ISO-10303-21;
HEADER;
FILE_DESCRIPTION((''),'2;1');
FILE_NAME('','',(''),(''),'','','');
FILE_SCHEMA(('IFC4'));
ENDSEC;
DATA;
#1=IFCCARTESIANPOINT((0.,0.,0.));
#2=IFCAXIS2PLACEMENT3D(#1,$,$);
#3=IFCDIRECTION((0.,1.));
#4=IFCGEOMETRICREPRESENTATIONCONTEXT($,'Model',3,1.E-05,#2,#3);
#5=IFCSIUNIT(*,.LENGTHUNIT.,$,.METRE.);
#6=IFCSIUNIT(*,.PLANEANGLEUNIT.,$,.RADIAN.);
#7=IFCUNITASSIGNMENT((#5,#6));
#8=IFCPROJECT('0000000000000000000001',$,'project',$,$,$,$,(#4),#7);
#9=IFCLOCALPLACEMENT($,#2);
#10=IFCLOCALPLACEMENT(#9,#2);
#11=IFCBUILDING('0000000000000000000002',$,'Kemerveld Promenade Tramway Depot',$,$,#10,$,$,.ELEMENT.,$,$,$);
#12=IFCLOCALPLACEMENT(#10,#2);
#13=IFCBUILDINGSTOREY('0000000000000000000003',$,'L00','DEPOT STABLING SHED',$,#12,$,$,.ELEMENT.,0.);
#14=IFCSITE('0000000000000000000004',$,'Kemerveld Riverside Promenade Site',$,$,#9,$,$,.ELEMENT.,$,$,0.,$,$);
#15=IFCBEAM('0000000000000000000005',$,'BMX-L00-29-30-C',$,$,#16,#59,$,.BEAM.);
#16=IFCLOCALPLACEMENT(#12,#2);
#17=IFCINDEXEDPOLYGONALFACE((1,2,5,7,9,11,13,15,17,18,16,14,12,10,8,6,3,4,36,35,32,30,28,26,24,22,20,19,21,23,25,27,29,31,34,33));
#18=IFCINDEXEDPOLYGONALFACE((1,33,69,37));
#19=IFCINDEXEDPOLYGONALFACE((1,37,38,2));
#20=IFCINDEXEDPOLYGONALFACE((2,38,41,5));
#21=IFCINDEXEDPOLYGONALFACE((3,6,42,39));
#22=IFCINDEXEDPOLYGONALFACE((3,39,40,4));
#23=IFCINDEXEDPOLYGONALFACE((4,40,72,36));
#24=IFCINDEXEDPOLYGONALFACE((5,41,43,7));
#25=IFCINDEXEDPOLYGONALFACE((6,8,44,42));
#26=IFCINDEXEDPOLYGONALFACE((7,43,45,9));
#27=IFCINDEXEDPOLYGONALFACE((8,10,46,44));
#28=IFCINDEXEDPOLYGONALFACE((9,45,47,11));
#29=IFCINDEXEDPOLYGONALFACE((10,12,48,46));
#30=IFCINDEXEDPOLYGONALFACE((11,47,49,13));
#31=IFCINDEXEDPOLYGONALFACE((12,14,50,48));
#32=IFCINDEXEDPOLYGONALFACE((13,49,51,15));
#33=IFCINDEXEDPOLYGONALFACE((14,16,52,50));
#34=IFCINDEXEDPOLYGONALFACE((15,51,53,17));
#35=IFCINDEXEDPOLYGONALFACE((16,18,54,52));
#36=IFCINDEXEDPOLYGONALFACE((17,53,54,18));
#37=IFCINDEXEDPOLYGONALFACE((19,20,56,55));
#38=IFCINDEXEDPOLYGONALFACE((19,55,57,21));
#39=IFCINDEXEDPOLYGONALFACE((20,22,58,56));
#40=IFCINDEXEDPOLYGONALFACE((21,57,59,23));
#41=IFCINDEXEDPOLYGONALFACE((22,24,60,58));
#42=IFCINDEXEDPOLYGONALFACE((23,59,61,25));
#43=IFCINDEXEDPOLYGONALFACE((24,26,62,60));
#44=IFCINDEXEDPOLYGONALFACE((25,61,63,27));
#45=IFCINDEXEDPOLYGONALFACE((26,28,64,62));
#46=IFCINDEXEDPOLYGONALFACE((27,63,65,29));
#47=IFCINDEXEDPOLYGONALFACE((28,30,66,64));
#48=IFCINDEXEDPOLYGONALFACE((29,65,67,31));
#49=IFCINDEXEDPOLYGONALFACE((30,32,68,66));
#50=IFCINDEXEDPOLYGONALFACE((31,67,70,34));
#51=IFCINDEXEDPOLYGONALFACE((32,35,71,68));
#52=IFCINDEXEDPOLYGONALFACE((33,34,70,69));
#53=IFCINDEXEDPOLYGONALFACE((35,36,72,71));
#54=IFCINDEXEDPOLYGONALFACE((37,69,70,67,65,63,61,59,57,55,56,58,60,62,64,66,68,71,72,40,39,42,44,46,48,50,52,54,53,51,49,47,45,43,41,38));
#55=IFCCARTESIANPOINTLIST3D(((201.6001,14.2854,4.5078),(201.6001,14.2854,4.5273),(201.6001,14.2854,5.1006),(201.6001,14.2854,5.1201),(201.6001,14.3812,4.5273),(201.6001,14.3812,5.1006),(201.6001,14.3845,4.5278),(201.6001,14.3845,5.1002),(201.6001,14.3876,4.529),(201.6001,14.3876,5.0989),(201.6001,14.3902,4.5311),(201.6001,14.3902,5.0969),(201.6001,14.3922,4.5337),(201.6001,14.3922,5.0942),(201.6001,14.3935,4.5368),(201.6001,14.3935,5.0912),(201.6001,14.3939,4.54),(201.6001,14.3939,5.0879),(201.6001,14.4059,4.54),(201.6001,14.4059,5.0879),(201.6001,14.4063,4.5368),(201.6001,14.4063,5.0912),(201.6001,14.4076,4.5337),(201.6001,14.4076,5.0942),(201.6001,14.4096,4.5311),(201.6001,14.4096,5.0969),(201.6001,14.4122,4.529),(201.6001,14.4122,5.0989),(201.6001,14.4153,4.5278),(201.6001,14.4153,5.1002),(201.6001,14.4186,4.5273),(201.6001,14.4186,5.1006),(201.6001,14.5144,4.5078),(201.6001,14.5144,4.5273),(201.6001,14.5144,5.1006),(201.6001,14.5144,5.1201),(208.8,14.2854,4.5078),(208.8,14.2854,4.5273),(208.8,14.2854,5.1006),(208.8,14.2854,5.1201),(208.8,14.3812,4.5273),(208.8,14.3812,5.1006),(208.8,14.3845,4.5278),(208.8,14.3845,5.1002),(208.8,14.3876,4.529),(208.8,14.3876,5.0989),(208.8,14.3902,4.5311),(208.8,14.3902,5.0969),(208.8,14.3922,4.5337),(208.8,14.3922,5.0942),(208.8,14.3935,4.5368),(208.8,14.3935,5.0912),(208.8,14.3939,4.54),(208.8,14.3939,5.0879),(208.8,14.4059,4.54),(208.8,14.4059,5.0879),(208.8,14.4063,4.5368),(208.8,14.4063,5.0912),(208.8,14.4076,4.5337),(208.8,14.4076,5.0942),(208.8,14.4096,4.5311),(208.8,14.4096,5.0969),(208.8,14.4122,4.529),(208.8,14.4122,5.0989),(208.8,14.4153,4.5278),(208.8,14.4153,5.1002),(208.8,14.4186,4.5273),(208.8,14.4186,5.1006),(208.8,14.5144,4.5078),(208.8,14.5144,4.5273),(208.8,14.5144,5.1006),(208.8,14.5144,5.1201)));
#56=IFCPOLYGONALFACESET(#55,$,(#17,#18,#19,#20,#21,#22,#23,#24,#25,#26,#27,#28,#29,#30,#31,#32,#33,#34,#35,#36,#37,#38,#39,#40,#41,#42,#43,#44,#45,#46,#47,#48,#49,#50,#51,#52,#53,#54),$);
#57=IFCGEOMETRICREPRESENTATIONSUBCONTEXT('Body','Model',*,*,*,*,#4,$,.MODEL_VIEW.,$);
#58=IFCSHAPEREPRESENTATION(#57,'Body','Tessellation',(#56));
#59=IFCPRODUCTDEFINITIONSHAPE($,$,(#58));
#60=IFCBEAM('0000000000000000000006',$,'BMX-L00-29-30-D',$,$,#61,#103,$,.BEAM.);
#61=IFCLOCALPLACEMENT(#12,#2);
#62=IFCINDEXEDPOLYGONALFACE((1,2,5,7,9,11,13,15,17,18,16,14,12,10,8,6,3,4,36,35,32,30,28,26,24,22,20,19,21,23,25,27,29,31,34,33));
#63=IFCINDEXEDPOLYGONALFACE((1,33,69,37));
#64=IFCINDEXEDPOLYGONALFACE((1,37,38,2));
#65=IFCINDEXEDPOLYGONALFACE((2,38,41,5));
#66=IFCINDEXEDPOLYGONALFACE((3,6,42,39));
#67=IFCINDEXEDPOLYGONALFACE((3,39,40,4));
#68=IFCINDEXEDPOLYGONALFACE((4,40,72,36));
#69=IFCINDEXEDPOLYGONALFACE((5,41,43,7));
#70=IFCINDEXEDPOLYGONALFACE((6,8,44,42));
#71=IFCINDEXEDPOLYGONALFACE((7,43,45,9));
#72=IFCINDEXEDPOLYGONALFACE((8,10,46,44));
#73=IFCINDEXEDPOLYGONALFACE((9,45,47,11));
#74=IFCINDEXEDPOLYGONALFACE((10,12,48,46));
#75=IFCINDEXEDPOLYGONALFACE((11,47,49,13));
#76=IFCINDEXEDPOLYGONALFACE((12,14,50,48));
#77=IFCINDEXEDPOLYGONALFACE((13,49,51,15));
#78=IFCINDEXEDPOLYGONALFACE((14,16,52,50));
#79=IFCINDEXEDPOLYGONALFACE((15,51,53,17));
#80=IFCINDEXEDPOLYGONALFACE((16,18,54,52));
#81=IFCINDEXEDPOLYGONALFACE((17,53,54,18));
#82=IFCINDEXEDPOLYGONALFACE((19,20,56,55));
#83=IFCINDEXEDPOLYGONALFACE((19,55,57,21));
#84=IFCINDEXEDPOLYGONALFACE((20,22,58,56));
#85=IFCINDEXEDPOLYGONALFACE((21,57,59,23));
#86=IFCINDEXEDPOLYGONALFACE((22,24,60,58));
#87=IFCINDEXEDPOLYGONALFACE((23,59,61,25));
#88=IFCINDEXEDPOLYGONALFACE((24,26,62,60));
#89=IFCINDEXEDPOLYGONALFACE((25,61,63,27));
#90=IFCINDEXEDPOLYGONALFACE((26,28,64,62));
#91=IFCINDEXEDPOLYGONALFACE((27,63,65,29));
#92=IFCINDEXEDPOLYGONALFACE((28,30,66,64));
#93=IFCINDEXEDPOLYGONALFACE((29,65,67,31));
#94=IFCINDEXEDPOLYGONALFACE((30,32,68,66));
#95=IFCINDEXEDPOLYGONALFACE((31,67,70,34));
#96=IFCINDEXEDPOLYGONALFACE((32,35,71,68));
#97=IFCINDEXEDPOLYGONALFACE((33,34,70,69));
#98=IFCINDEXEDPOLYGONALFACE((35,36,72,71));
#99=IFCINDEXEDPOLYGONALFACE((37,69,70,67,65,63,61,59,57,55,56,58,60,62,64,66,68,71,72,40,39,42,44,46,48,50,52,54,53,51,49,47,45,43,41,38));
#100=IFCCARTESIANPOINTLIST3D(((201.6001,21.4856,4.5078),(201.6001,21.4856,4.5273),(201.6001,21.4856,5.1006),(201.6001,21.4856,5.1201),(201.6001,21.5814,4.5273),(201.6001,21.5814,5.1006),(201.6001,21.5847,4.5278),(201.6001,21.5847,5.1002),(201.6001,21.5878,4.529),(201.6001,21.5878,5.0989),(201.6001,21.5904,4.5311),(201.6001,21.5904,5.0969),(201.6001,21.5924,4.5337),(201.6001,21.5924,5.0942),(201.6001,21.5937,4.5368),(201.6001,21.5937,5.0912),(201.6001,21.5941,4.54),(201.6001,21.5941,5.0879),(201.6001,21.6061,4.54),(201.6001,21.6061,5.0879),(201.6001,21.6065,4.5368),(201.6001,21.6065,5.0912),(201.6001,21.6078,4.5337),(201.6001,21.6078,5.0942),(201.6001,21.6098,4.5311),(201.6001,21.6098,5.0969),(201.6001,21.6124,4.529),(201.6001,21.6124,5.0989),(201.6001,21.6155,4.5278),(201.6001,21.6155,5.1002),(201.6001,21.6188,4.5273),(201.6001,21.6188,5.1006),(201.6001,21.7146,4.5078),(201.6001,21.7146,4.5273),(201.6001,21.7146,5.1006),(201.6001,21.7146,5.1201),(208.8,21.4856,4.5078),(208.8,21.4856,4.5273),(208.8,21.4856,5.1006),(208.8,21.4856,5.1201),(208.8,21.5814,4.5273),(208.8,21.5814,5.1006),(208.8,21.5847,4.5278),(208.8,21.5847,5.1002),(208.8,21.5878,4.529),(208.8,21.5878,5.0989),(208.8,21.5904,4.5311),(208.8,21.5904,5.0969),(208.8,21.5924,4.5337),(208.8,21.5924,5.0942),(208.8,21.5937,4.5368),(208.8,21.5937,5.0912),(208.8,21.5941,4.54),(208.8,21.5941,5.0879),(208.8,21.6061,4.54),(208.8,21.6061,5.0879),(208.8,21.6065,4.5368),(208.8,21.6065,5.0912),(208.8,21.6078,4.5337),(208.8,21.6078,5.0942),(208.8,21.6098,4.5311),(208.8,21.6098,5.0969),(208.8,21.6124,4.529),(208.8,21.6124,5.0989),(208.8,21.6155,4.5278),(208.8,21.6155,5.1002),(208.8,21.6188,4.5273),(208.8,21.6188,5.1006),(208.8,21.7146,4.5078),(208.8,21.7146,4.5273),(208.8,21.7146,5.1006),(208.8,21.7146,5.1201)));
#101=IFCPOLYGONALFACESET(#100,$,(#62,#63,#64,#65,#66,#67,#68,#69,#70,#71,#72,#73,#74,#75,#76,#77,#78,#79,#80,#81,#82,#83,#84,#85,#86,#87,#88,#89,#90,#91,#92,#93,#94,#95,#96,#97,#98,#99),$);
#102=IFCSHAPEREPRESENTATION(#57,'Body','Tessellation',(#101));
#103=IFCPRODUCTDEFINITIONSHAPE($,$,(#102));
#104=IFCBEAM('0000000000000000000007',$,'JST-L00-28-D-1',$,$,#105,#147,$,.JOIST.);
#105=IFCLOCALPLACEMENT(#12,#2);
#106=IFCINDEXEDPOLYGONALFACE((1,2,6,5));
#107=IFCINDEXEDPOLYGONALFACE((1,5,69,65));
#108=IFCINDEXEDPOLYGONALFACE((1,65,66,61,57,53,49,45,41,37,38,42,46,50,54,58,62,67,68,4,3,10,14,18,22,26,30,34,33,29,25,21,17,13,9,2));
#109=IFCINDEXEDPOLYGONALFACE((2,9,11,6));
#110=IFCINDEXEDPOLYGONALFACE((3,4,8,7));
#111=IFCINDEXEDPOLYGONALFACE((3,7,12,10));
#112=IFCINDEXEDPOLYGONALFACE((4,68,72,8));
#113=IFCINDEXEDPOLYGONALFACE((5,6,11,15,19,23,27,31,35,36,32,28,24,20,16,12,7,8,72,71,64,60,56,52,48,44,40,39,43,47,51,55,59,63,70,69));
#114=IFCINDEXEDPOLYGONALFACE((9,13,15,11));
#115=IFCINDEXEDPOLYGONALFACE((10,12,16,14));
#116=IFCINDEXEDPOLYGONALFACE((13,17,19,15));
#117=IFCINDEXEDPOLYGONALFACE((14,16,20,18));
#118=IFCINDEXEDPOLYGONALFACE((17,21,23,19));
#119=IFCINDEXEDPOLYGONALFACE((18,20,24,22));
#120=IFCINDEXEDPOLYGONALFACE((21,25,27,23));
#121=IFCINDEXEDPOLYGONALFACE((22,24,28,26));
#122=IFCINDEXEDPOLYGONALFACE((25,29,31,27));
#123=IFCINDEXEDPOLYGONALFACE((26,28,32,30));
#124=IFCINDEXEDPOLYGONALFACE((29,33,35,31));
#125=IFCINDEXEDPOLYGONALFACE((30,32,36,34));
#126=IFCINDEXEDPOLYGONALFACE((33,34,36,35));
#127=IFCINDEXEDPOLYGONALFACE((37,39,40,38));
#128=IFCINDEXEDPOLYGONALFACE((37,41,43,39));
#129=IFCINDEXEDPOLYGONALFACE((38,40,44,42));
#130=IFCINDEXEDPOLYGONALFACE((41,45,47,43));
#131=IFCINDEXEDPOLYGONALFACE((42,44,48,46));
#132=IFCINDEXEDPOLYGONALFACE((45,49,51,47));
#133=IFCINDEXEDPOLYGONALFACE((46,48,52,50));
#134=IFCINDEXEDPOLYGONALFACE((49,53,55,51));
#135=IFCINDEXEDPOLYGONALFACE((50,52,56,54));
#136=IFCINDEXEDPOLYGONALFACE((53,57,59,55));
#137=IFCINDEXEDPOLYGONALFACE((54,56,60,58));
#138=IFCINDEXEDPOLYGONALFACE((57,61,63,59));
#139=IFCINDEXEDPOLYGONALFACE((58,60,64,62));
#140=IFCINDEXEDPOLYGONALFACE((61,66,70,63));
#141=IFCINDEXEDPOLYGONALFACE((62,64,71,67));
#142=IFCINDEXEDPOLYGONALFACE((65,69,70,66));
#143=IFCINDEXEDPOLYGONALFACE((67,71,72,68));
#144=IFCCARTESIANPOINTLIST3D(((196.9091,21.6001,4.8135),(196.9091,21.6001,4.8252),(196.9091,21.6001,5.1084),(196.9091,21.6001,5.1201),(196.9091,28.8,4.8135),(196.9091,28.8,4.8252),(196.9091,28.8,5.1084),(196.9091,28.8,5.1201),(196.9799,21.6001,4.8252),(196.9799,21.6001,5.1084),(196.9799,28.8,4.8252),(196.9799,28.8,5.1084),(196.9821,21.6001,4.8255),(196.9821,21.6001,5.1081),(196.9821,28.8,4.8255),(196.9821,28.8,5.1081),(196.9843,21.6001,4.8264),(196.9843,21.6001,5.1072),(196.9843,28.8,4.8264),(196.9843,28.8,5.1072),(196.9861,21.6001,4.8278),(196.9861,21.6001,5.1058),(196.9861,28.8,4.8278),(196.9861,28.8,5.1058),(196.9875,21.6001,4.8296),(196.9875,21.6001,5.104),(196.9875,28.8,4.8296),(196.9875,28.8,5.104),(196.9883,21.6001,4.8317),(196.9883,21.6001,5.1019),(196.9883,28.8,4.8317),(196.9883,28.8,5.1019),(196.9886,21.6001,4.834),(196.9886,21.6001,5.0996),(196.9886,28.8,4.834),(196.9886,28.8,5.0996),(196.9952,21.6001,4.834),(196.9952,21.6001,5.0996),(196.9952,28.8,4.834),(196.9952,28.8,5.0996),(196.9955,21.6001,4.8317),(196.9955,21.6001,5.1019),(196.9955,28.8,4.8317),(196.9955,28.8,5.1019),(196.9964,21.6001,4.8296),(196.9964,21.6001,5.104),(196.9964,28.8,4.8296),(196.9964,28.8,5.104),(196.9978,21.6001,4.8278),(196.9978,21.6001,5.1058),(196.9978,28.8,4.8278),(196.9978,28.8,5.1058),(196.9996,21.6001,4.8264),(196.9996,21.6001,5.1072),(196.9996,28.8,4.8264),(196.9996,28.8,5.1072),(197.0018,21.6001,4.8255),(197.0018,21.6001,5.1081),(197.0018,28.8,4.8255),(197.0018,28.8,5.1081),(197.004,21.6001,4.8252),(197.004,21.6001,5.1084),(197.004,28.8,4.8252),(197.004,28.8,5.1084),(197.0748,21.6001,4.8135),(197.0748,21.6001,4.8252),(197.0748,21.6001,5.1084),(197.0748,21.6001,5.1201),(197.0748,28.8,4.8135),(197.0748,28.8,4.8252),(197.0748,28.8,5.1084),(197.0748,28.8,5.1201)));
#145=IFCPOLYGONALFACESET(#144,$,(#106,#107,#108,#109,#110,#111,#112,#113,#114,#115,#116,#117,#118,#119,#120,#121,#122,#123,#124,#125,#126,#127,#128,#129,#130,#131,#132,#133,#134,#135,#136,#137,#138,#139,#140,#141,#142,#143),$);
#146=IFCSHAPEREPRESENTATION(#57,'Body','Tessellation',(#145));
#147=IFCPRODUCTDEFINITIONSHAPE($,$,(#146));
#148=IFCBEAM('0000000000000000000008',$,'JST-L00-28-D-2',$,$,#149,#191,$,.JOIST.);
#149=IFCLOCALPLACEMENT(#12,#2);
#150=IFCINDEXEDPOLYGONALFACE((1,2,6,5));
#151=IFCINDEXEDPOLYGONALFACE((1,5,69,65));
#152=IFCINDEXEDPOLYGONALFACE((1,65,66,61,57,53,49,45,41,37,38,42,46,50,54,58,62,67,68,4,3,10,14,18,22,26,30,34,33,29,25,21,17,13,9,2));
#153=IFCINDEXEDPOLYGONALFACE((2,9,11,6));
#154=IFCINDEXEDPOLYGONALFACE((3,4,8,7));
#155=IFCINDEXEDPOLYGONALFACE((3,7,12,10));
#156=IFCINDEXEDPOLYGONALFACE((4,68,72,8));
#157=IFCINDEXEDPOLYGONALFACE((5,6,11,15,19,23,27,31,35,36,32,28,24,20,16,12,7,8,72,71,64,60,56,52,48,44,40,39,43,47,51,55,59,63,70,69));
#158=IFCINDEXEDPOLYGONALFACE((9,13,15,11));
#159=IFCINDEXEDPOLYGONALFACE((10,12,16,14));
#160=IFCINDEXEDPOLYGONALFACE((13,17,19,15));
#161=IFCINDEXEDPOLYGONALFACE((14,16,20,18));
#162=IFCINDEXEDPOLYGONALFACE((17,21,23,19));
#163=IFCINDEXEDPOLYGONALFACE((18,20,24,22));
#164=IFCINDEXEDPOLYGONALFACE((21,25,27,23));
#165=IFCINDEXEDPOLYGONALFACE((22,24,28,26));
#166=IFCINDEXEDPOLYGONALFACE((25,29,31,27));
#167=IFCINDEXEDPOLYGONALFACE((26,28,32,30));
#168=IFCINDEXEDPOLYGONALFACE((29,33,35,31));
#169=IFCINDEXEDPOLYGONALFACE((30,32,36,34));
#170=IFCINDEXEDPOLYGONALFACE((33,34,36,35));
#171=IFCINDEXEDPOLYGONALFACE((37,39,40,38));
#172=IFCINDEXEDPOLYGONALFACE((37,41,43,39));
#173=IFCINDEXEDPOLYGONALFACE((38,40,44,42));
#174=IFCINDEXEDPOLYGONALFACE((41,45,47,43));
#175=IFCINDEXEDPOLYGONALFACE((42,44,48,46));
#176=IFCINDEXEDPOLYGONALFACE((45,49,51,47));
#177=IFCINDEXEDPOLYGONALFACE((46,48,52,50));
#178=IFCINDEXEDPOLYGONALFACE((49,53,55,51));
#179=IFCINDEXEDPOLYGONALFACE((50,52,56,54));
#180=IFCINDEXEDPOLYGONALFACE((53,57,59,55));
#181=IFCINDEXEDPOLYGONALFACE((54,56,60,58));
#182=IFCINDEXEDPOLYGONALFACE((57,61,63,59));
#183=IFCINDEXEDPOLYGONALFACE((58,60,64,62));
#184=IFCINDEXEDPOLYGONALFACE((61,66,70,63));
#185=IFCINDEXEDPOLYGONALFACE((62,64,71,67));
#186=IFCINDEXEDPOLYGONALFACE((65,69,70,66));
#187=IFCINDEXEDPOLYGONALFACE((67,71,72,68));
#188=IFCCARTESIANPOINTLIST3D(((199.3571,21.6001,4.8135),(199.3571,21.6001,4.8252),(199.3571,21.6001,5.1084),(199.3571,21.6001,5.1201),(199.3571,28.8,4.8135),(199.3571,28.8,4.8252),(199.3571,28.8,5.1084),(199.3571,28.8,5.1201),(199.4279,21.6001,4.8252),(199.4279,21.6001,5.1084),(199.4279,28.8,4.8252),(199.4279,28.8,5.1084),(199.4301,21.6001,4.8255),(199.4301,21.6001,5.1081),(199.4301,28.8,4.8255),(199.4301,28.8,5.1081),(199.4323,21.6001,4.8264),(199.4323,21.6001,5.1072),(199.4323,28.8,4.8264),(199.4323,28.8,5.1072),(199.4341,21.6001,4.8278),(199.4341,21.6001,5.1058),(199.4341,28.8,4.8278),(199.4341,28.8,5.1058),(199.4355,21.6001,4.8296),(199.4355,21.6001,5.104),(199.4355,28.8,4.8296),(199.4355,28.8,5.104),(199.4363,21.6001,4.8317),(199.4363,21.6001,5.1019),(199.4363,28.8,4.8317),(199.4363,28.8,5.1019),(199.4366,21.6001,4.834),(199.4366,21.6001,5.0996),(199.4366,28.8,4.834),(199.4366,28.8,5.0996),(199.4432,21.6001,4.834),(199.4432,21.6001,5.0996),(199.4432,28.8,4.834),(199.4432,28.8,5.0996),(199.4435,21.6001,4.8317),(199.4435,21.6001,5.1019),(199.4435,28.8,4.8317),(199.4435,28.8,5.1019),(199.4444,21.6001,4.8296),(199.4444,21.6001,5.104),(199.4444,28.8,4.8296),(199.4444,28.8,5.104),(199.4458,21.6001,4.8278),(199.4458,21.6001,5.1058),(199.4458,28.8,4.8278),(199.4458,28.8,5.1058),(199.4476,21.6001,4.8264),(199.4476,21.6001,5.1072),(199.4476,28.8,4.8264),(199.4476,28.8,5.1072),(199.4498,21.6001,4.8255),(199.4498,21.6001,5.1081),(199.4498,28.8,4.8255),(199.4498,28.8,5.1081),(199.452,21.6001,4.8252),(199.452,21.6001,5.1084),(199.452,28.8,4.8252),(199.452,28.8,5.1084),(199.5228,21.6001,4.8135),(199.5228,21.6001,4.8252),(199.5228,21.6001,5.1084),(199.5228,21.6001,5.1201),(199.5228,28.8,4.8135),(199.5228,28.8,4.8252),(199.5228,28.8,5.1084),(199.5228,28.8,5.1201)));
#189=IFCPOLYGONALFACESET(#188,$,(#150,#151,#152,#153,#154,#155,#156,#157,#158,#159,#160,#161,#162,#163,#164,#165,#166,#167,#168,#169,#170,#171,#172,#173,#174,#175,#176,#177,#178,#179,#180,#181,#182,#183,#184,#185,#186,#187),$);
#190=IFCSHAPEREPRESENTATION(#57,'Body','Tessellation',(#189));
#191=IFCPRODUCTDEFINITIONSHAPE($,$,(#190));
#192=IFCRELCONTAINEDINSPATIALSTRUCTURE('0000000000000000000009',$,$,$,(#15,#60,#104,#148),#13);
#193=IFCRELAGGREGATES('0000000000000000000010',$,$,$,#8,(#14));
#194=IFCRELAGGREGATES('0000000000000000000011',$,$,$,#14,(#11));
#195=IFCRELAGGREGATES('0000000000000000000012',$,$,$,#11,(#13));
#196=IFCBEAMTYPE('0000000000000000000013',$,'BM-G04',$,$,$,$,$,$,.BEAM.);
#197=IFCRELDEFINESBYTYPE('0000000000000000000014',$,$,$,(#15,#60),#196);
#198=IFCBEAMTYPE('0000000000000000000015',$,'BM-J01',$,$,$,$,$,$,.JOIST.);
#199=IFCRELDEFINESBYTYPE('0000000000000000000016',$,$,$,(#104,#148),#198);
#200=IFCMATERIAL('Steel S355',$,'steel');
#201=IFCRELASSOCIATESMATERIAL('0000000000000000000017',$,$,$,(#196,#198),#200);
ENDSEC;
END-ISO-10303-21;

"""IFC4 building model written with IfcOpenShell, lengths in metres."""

from ifc_helpers import new_model, si_unit, direction, frame, origin, origin_2d, place, context, subcontext, project, spatial, i_section, extrude, material, material_profile, profile_set, type_object, element, save


model = new_model("IFC4")

# Units and contexts
model_context = context("Model", 3, precision=1e-05, world=origin(), true_north=direction((0.0, 1.0)))
body_context = subcontext(model_context, "Body", "Model", "MODEL_VIEW")
ifc_project = project(units=[si_unit("LENGTHUNIT", "METRE"), si_unit("PLANEANGLEUNIT", "RADIAN")], contexts=[model_context])

# Site, building, storey
site_placement = place(None, origin())
site = spatial("IfcSite", under=ifc_project, at=site_placement, Name="Kemerveld Riverside Promenade Site", CompositionType="ELEMENT", RefElevation=0.0)
building_placement = place(site_placement, origin())
building = spatial("IfcBuilding", under=site, at=building_placement, Name="Kemerveld Promenade Tramway Depot", CompositionType="ELEMENT")
storey_placement = place(building_placement, origin())
storey = spatial("IfcBuildingStorey", under=building, at=storey_placement, Name="L00", Description="DEPOT STABLING SHED", CompositionType="ELEMENT", Elevation=0.0)

# Shared definitions
ifc_material_1 = material(Name="Steel S355", Category="steel")

# Beams
ifc_material_profile_1 = material_profile(ifc_material_1, i_section(OverallWidth=0.229, OverallDepth=0.6123, WebThickness=0.012, FlangeThickness=0.0195, FilletRadius=0.0127, at=origin_2d()), Name="610x229x125 UB")
ifc_profile_set_1 = profile_set([ifc_material_profile_1], Name="Steel S355")
beam_type_1 = type_object("IfcBeamType", Name="BM-G04", PredefinedType="BEAM", material=ifc_profile_set_1)
for number, where, z_axis, x_axis, name in (
    (1, (201.6001, 14.3999, 4.814), (1.0, 0.0, 0.0), (0.0, 1.0, 0.0), "BMX-L00-29-30-C"),
    (2, (201.6001, 21.6001, 4.814), (1.0, 0.0, 0.0), (0.0, 1.0, 0.0), "BMX-L00-29-30-D"),
):
    element("IfcBeam", number, at=place(storey_placement, frame(where, z_axis=z_axis, x_axis=x_axis)), inside=storey, type_object=beam_type_1, Name=name, PredefinedType="BEAM", context=body_context, shape_type="SweptSolid", body=[
        extrude(i_section(OverallWidth=0.229, OverallDepth=0.6123, WebThickness=0.012, FlangeThickness=0.0195, FilletRadius=0.0127, at=origin_2d()), origin(), (0.0, 0.0, 1.0), 7.2),
    ])
ifc_material_profile_2 = material_profile(ifc_material_1, i_section(OverallWidth=0.1658, OverallDepth=0.3066, WebThickness=0.0066, FlangeThickness=0.0117, FilletRadius=0.0088, at=origin_2d()), Name="305x165x46 UB")
ifc_profile_set_2 = profile_set([ifc_material_profile_2], Name="Steel S355")
beam_type_2 = type_object("IfcBeamType", Name="BM-J01", PredefinedType="JOIST", material=ifc_profile_set_2)
for number, where, z_axis, x_axis, name in (
    (3, (196.9919, 21.6001, 4.9668), (0.0, 1.0, 0.0), (-1.0, 0.0, 0.0), "JST-L00-28-D-1"),
    (4, (199.4399, 21.6001, 4.9668), (0.0, 1.0, 0.0), (-1.0, 0.0, 0.0), "JST-L00-28-D-2"),
):
    element("IfcBeam", number, at=place(storey_placement, frame(where, z_axis=z_axis, x_axis=x_axis)), inside=storey, type_object=beam_type_2, Name=name, PredefinedType="JOIST", context=body_context, shape_type="SweptSolid", body=[
        extrude(i_section(OverallWidth=0.1658, OverallDepth=0.3066, WebThickness=0.0066, FlangeThickness=0.0117, FilletRadius=0.0088, at=origin_2d()), origin(), (0.0, 0.0, 1.0), 7.2),
    ])

save(model, "model.ifc")
